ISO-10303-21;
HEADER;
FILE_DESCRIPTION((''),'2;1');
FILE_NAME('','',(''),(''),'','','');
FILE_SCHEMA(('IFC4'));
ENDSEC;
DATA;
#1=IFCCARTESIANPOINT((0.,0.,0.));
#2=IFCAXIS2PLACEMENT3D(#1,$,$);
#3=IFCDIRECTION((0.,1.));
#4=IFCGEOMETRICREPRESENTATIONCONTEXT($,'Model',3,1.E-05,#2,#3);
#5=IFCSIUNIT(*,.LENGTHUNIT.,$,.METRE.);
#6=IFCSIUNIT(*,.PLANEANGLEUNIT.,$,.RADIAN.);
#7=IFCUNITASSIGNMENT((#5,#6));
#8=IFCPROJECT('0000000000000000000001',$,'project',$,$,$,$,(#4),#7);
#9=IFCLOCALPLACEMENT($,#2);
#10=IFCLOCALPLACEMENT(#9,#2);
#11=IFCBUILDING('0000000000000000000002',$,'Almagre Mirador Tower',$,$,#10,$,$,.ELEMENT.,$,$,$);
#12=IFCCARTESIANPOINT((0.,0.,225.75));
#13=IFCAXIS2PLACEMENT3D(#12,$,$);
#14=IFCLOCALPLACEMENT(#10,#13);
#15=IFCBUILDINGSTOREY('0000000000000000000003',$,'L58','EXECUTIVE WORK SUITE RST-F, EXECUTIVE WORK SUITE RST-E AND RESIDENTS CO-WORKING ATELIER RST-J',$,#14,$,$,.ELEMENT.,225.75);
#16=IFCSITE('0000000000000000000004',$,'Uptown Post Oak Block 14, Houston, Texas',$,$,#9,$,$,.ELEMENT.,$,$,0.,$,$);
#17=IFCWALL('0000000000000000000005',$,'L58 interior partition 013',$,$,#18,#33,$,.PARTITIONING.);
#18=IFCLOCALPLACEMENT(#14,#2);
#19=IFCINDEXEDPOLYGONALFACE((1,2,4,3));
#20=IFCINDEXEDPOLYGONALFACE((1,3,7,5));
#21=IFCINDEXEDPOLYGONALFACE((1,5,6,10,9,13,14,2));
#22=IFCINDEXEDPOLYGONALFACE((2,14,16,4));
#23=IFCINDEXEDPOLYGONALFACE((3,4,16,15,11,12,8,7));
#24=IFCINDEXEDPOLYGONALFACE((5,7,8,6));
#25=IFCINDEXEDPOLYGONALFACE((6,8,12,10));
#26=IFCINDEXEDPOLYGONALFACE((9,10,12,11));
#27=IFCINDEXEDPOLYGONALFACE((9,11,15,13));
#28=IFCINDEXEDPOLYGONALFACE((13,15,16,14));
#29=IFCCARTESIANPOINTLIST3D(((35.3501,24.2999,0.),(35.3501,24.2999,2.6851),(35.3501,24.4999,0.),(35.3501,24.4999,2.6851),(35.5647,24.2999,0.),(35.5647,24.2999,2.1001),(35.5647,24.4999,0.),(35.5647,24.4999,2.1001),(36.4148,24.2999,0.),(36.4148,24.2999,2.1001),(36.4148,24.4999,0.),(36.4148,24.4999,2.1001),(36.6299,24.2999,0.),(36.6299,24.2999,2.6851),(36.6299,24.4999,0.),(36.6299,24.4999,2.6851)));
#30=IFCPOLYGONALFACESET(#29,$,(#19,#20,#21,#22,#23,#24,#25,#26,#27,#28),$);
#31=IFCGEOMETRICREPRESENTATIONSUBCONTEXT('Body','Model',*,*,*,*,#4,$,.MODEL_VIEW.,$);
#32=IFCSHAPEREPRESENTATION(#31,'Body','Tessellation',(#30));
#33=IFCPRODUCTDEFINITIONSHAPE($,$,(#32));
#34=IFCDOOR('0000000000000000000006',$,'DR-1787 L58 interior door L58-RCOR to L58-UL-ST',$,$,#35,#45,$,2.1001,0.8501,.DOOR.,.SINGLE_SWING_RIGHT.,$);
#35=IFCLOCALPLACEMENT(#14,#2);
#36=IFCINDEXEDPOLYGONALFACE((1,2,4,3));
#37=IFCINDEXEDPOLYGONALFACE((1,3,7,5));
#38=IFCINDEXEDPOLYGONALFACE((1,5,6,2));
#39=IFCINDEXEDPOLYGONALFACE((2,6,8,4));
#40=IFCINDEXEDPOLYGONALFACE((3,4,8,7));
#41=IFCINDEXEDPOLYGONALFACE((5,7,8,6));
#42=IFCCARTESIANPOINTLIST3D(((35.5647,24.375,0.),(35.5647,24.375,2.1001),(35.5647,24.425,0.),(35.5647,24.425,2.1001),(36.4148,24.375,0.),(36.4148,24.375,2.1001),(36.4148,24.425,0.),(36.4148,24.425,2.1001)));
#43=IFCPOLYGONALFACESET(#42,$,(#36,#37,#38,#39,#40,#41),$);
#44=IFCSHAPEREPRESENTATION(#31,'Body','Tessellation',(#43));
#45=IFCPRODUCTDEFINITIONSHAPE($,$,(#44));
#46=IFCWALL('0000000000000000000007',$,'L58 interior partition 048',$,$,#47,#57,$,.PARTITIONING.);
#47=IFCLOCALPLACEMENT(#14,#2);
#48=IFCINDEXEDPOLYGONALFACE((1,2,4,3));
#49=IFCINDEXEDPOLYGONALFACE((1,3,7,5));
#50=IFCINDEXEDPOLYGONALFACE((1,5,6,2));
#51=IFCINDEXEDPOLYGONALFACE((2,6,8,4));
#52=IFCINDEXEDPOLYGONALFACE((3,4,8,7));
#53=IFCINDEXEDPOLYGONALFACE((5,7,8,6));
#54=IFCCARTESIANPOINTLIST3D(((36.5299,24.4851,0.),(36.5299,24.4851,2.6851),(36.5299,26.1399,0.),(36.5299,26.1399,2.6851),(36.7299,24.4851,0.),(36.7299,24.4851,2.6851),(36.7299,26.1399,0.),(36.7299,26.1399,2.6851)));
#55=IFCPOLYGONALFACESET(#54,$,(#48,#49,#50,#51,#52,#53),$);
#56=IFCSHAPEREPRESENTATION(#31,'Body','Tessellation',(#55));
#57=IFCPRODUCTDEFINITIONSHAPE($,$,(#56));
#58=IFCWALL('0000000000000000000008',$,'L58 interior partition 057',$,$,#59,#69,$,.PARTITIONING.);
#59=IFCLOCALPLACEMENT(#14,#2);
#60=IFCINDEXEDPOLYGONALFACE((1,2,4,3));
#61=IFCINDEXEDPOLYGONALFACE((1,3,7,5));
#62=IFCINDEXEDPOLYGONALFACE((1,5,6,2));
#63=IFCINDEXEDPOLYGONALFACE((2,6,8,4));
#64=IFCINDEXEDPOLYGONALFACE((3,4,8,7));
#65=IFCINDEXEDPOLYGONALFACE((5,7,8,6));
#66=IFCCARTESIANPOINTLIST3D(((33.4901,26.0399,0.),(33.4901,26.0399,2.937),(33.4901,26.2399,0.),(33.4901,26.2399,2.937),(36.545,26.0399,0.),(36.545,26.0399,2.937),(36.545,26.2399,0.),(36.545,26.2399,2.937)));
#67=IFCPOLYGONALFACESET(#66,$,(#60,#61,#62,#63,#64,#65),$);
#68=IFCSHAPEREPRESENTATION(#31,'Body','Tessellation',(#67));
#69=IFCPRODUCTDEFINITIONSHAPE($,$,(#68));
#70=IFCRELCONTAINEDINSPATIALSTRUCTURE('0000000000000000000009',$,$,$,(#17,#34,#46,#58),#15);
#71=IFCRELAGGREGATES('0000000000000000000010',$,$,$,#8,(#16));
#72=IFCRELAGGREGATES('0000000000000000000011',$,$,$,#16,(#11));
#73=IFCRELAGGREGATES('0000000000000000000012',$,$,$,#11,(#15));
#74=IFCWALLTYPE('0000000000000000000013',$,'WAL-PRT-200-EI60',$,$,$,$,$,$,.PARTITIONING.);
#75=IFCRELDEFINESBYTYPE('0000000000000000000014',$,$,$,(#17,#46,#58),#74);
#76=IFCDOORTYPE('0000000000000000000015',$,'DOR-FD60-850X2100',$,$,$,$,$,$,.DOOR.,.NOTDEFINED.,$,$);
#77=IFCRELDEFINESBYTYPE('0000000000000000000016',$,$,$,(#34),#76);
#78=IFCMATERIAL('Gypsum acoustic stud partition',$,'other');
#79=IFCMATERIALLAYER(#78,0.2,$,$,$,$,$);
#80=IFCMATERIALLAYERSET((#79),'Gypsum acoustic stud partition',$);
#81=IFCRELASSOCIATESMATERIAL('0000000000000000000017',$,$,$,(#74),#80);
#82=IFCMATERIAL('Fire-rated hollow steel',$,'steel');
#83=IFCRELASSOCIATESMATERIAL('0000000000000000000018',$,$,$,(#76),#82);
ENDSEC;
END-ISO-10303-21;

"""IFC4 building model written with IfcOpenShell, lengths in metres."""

from ifc_helpers import new_model, si_unit, direction, frame, frame_2d, origin, place, context, subcontext, project, spatial, rectangle, extrude, material, layer, layer_set, type_object, element, fill, save


model = new_model("IFC4")

# Units and contexts
model_context = context("Model", 3, precision=1e-05, world=origin(), true_north=direction((0.0, 1.0)))
body_context = subcontext(model_context, "Body", "Model", "MODEL_VIEW")
ifc_project = project(units=[si_unit("LENGTHUNIT", "METRE"), si_unit("PLANEANGLEUNIT", "RADIAN")], contexts=[model_context])

# Site, building, storey
site_placement = place(None, origin())
site = spatial("IfcSite", under=ifc_project, at=site_placement, Name="Uptown Post Oak Block 14, Houston, Texas", CompositionType="ELEMENT", RefElevation=0.0)
building_placement = place(site_placement, origin())
building = spatial("IfcBuilding", under=site, at=building_placement, Name="Almagre Mirador Tower", CompositionType="ELEMENT")
storey_placement = place(building_placement, frame((0.0, 0.0, 225.75)))
storey = spatial("IfcBuildingStorey", under=building, at=storey_placement, Name="L58", Description="EXECUTIVE WORK SUITE RST-F, EXECUTIVE WORK SUITE RST-E AND RESIDENTS CO-WORKING ATELIER RST-J", CompositionType="ELEMENT", Elevation=225.75)

# Shared definitions
ifc_material_1 = material(Name="Gypsum acoustic stud partition", Category="other")
ifc_layer_1 = layer(ifc_material_1, 0.2)
ifc_layer_set_1 = layer_set([ifc_layer_1], Name="Gypsum acoustic stud partition")
wall_type_1 = type_object("IfcWallType", Name="WAL-PRT-200-EI60", PredefinedType="PARTITIONING", material=ifc_layer_set_1)

# Wall, opening, door
wall_1_placement = place(storey_placement, frame((36.6299, 24.3999, 0.0), z_axis=(0.0, 0.0, 1.0), x_axis=(-1.0, 0.0, 0.0)))
wall_1 = element("IfcWall", 1, at=wall_1_placement, inside=storey, type_object=wall_type_1, Name="L58 interior partition 013", PredefinedType="PARTITIONING", context=body_context, shape_type="SweptSolid", body=[
    extrude(rectangle(XDim=1.2798, YDim=0.2, at=frame_2d((0.6399, 0.0))), origin(), (0.0, 0.0, 1.0), 2.6851),
])
opening_1_placement = place(wall_1_placement, frame((0.2151, 0.0, 0.0)))
opening_1 = element("IfcOpeningElement", 2, at=opening_1_placement, cuts=wall_1, PredefinedType="OPENING", context=body_context, shape_type="SweptSolid", body=[
    extrude(rectangle(XDim=0.8501, YDim=2.1001, at=frame_2d((0.425, 1.05))), frame((0.0, 0.1101, 0.0), z_axis=(0.0, -1.0, 0.0), x_axis=(1.0, 0.0, 0.0)), (0.0, 0.0, 1.0), 0.22),
])
ifc_material_2 = material(Name="Fire-rated hollow steel", Category="steel")
door_type = type_object("IfcDoorType", Name="DOR-FD60-850X2100", OperationType="NOTDEFINED", PredefinedType="DOOR", material=ifc_material_2)
door_placement = place(opening_1_placement, origin())
door = element("IfcDoor", 3, at=door_placement, inside=storey, type_object=door_type, Name="DR-1787 L58 interior door L58-RCOR to L58-UL-ST", OperationType="SINGLE_SWING_RIGHT", OverallHeight=2.1001, OverallWidth=0.8501, PredefinedType="DOOR", context=body_context, shape_type="SweptSolid", body=[
    extrude(rectangle(XDim=0.8501, YDim=2.1001, at=frame_2d((0.425, 1.05))), frame((0.0, 0.0249, 0.0), z_axis=(0.0, -1.0, 0.0), x_axis=(1.0, 0.0, 0.0)), (0.0, 0.0, 1.0), 0.05),
])
fill(opening_1, door)

# Walls
wall_2_placement = place(storey_placement, frame((36.6299, 26.1399, 0.0), z_axis=(0.0, 0.0, 1.0), x_axis=(0.0, -1.0, 0.0)))
element("IfcWall", 4, at=wall_2_placement, inside=storey, type_object=wall_type_1, Name="L58 interior partition 048", PredefinedType="PARTITIONING", context=body_context, shape_type="SweptSolid", body=[
    extrude(rectangle(XDim=1.6548, YDim=0.2, at=frame_2d((0.8274, 0.0))), origin(), (0.0, 0.0, 1.0), 2.6851),
])
wall_3_placement = place(storey_placement, frame((36.5449, 26.1399, 0.0), z_axis=(0.0, 0.0, 1.0), x_axis=(-1.0, 0.0, 0.0)))
element("IfcWall", 5, at=wall_3_placement, inside=storey, type_object=wall_type_1, Name="L58 interior partition 057", PredefinedType="PARTITIONING", context=body_context, shape_type="SweptSolid", body=[
    extrude(rectangle(XDim=3.0549, YDim=0.2, at=frame_2d((1.5273, 0.0))), origin(), (0.0, 0.0, 1.0), 2.937),
])

save(model, "model.ifc")
